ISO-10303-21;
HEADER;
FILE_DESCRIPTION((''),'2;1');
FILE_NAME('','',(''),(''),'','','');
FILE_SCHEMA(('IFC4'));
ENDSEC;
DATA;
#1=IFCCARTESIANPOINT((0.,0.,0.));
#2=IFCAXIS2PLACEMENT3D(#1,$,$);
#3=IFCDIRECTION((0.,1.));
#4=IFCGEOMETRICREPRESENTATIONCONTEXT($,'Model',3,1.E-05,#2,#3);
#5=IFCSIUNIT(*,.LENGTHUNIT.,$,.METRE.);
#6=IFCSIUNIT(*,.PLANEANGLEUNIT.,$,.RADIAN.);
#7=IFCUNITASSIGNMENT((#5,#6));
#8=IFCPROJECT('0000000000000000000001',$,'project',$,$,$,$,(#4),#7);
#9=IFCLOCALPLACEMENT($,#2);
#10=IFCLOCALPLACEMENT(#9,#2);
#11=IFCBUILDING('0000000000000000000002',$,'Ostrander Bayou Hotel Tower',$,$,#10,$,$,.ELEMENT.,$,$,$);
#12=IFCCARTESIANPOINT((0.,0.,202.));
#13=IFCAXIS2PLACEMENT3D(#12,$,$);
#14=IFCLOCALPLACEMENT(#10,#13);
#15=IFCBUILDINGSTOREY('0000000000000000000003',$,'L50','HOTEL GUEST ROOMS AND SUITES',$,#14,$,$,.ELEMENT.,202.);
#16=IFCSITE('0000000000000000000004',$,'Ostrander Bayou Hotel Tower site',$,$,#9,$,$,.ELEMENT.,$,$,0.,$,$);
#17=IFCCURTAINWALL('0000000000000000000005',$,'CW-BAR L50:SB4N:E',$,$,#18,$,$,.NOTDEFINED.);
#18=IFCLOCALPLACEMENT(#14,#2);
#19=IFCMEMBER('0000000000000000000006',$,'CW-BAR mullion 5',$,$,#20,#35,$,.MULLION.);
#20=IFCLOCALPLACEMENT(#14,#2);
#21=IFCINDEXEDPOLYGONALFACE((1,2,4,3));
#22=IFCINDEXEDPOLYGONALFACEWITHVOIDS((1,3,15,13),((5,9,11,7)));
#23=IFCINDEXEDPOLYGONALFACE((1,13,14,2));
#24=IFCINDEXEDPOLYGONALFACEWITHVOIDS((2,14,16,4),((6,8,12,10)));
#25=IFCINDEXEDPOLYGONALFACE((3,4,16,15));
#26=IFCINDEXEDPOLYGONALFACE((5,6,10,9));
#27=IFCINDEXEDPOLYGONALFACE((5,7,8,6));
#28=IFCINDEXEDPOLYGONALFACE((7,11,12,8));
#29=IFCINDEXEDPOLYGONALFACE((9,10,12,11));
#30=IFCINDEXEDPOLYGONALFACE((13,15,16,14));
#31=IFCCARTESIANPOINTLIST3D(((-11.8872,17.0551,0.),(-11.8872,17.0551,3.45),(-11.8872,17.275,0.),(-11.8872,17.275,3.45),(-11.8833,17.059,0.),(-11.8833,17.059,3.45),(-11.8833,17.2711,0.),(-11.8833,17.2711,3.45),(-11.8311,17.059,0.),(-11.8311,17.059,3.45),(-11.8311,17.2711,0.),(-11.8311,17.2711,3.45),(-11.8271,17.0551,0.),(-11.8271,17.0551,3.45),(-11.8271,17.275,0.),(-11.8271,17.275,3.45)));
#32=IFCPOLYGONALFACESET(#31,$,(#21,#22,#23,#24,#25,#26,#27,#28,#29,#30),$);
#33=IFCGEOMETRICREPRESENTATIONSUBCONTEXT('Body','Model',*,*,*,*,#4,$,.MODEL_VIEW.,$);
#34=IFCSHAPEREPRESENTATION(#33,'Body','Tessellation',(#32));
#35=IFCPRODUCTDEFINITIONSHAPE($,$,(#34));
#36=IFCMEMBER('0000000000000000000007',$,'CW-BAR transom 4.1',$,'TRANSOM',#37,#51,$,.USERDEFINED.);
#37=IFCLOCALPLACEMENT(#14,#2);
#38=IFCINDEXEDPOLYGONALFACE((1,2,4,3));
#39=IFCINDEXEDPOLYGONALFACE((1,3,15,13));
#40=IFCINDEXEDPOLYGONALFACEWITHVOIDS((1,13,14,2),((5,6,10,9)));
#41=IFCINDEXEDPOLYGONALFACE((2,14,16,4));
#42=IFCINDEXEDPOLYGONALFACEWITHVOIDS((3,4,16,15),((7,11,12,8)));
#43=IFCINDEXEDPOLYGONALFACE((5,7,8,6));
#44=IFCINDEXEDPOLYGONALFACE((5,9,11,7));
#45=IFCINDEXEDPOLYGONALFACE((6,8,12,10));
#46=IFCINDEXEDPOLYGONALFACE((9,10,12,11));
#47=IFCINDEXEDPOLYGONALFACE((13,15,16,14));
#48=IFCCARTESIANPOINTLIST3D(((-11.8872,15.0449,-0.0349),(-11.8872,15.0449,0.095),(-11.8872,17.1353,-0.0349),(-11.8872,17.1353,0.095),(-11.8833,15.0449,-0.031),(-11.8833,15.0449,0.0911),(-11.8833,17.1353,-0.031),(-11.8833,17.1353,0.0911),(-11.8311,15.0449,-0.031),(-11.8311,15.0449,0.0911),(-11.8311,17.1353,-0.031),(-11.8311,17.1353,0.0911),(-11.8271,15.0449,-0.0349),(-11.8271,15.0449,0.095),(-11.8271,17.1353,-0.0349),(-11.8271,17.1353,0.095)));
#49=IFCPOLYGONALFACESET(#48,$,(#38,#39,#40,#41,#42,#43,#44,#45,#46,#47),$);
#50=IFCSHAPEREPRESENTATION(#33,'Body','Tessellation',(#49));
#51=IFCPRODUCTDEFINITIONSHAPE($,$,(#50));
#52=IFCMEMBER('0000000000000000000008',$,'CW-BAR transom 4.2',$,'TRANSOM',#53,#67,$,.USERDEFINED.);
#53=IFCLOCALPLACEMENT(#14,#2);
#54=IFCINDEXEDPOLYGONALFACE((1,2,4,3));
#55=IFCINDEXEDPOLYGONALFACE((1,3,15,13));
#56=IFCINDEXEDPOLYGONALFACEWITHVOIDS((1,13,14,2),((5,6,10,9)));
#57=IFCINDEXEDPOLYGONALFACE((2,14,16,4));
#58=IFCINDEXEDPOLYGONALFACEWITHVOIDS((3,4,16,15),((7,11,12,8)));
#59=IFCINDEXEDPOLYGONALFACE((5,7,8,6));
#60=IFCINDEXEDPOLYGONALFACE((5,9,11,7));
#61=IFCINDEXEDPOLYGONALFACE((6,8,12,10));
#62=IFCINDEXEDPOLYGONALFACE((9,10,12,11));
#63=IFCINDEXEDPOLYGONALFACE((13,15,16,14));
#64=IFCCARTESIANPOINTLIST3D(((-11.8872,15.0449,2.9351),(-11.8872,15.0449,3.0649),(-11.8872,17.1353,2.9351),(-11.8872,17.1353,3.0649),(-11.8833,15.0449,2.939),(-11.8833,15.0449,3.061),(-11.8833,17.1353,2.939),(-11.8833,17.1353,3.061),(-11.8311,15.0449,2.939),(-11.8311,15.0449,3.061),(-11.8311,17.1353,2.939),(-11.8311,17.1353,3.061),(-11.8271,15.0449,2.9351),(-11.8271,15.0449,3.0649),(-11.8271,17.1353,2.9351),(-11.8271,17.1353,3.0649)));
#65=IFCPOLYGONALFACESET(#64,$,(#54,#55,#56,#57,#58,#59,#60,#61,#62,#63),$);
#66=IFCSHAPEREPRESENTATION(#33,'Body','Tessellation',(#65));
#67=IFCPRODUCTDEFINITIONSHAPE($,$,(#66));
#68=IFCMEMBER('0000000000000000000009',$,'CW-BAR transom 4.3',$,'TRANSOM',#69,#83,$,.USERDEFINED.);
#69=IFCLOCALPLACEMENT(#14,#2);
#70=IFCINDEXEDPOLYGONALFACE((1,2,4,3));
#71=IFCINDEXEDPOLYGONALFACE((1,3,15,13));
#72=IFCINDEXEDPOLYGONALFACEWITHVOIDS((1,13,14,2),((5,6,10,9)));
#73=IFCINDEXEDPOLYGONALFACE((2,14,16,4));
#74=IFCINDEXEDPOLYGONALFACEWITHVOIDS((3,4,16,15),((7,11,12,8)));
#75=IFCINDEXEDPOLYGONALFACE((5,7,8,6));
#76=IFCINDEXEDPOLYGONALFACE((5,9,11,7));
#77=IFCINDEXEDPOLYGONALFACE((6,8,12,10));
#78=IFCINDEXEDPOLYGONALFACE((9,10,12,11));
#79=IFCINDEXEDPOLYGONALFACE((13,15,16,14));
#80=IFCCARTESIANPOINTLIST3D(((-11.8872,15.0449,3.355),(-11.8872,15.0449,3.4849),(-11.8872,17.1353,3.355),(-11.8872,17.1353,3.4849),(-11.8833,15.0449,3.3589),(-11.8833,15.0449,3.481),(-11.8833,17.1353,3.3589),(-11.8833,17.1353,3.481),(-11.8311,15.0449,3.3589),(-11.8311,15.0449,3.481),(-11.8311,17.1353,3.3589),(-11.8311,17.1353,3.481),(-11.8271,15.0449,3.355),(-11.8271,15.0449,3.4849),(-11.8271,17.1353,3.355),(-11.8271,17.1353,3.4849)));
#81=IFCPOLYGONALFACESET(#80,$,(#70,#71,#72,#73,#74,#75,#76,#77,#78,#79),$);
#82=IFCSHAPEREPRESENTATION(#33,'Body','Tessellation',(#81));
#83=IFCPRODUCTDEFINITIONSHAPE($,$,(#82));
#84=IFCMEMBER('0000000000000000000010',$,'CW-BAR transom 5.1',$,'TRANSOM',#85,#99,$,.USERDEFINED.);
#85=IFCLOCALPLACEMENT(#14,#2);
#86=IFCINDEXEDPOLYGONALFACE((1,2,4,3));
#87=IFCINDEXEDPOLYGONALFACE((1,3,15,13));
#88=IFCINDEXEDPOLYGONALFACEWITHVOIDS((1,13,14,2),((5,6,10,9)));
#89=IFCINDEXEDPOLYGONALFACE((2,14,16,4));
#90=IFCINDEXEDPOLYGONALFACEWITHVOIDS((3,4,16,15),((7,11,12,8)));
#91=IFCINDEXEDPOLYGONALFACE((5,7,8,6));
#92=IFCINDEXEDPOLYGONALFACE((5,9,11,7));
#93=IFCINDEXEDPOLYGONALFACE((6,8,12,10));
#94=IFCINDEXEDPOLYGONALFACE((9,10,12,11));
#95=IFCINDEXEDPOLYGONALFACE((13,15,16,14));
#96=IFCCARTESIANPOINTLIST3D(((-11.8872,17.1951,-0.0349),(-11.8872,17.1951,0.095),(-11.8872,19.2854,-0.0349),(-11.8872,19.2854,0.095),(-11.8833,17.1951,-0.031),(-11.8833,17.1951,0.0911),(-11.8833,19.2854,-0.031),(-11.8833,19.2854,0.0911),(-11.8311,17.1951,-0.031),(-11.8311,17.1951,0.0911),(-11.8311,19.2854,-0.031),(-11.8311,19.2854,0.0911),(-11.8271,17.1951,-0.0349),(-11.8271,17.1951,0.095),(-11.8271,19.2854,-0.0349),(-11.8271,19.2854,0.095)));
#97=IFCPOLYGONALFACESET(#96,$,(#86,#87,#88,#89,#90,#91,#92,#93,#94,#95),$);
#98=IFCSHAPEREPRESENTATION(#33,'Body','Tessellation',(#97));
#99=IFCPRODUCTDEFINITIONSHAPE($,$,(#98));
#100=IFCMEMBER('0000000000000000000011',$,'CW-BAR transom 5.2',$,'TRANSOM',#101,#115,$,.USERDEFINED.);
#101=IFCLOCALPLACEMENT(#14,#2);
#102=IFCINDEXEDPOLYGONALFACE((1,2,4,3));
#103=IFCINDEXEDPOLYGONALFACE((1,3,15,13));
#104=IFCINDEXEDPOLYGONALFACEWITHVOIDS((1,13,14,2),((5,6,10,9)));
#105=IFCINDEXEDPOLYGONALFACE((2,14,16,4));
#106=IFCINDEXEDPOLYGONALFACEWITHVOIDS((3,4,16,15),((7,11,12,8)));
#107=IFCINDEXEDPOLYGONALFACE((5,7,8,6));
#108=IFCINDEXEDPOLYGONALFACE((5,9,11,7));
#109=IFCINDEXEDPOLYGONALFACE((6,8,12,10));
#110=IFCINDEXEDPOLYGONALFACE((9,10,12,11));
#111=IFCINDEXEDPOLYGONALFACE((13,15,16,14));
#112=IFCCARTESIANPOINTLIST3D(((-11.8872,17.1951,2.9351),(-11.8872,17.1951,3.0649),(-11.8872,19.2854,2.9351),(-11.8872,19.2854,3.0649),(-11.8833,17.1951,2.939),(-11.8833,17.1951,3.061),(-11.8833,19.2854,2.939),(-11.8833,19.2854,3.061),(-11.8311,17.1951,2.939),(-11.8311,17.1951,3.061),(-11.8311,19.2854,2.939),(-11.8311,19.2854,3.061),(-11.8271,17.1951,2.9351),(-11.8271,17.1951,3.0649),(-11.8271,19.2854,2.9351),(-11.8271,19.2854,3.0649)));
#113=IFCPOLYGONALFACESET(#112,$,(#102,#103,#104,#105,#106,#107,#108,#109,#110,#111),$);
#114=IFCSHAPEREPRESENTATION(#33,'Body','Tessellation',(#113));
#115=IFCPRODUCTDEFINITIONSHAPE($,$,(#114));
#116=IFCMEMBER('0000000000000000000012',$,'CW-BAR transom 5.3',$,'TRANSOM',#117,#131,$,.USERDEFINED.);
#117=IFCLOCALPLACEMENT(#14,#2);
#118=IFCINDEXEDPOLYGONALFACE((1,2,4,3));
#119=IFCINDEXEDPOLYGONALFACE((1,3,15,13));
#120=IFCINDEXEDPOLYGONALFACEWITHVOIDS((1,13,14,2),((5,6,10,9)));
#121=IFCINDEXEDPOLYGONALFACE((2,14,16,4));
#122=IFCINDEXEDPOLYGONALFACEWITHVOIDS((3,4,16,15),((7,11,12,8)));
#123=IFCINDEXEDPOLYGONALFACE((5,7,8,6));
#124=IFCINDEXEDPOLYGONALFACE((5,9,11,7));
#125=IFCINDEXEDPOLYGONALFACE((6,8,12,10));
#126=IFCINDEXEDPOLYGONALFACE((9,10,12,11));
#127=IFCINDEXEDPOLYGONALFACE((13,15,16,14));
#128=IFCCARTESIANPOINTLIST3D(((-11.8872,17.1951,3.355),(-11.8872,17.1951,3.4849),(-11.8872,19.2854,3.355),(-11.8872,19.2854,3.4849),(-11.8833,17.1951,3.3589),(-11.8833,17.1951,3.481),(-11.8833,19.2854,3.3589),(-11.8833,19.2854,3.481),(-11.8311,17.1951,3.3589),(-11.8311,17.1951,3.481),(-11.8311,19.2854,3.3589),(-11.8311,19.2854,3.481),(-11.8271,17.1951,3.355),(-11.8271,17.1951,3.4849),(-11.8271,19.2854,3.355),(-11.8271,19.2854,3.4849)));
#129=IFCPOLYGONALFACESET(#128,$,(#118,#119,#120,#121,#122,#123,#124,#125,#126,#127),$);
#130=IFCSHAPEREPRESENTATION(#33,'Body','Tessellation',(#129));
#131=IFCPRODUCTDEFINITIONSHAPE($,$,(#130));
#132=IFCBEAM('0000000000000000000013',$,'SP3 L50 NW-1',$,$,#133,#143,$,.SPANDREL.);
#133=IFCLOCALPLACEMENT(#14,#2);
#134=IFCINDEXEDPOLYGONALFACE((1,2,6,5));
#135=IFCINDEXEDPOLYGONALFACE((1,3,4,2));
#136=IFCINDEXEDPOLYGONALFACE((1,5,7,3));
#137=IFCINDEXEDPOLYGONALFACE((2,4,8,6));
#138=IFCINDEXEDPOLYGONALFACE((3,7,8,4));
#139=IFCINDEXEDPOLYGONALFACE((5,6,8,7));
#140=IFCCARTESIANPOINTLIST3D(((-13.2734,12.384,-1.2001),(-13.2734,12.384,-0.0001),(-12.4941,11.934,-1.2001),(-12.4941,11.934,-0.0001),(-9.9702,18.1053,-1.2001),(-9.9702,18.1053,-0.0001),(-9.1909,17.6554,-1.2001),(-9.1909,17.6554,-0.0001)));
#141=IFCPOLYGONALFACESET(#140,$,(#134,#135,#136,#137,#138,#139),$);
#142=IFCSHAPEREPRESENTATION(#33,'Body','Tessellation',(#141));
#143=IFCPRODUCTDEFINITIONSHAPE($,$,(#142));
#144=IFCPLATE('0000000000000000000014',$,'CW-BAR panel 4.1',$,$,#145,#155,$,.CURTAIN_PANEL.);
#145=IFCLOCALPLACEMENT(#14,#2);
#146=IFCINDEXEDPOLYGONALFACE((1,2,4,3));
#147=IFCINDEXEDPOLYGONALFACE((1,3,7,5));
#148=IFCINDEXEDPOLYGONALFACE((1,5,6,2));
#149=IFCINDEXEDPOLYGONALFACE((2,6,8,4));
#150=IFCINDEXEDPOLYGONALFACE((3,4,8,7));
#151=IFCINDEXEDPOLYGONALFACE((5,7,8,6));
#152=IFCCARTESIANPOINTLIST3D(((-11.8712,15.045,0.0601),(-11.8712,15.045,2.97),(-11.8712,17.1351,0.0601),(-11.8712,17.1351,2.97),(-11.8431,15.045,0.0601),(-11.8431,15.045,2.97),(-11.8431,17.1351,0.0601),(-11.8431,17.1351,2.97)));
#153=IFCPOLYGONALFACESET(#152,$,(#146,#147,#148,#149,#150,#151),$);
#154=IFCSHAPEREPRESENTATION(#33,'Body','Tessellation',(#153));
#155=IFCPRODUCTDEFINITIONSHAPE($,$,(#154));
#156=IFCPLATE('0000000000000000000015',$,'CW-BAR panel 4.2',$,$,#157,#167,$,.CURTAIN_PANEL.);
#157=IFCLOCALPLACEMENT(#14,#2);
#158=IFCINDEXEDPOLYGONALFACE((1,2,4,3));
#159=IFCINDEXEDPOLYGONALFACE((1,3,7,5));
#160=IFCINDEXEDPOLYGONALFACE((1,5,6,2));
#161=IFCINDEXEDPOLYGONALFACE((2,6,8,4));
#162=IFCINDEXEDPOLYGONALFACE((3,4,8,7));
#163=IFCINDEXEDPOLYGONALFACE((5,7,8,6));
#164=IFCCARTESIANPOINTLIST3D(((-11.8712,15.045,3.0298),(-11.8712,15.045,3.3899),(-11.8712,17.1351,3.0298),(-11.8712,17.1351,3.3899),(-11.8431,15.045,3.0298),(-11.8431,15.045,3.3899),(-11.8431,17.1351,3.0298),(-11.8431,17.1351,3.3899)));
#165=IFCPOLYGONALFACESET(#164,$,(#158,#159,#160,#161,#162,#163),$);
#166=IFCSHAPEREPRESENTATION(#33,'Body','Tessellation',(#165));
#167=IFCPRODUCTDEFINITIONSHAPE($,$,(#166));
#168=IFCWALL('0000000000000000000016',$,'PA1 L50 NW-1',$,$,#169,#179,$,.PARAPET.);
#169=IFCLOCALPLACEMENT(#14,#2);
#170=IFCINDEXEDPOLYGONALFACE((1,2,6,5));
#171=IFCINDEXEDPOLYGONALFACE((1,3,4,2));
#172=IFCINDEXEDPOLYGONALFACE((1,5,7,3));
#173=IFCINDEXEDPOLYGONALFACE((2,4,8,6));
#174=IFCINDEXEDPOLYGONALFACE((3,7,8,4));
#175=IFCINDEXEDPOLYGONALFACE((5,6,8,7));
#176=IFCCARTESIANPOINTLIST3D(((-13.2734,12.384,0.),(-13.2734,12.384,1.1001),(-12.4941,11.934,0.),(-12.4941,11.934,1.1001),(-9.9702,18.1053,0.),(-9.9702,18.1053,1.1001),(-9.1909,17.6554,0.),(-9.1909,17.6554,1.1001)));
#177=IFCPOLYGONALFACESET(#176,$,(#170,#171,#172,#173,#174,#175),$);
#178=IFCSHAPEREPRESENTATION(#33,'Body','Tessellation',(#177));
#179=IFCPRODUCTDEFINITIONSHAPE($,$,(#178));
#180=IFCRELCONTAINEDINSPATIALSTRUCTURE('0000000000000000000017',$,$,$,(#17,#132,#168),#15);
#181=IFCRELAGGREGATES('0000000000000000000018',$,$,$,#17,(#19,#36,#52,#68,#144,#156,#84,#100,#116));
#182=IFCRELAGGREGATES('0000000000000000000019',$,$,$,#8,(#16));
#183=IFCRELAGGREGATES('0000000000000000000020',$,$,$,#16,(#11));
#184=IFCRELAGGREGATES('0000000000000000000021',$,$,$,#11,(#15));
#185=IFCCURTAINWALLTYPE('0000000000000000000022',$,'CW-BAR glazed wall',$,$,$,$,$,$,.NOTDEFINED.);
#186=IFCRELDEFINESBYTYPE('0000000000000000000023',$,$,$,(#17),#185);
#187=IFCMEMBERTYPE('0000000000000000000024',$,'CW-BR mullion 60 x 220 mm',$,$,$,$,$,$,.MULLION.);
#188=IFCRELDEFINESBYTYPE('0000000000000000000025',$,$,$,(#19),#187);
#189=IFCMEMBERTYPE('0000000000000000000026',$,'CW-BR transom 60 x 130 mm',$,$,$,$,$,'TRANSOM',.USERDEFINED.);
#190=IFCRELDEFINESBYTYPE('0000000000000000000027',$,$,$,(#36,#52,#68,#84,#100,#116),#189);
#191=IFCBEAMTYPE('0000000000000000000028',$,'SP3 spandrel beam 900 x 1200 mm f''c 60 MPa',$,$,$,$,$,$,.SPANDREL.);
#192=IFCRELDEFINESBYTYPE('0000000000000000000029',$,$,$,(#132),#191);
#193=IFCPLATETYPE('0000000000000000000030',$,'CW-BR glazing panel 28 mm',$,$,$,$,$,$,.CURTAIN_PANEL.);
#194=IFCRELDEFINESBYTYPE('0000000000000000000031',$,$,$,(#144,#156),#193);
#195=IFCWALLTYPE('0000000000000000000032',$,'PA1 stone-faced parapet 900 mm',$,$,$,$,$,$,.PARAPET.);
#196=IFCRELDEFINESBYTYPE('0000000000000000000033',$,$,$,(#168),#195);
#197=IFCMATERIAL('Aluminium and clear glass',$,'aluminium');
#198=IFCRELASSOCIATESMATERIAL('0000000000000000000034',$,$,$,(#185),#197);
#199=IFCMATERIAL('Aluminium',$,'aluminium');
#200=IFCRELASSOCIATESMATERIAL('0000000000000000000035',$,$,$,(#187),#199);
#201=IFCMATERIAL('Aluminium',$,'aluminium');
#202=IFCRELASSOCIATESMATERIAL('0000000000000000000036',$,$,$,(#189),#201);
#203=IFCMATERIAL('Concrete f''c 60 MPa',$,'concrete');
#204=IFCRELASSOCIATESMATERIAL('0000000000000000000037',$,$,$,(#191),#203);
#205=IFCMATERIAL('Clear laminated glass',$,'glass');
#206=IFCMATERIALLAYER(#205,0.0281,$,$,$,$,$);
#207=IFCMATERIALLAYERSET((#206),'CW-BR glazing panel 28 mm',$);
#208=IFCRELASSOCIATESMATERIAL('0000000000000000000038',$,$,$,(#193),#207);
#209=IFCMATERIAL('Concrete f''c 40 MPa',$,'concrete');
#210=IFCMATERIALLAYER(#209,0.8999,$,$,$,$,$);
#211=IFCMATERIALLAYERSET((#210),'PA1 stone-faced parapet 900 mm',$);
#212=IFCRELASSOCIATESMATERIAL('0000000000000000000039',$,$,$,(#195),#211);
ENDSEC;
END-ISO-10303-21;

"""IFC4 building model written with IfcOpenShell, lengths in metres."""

from ifc_helpers import new_model, si_unit, direction, frame, frame_2d, origin, origin_2d, place, context, subcontext, project, spatial, rectangle, hollow_rectangle, extrude, material, layer, layer_set, material_profile, profile_set, type_object, element, aggregate, save


model = new_model("IFC4")

# Units and contexts
model_context = context("Model", 3, precision=1e-05, world=origin(), true_north=direction((0.0, 1.0)))
body_context = subcontext(model_context, "Body", "Model", "MODEL_VIEW")
ifc_project = project(units=[si_unit("LENGTHUNIT", "METRE"), si_unit("PLANEANGLEUNIT", "RADIAN")], contexts=[model_context])

# Site, building, storey
site_placement = place(None, origin())
site = spatial("IfcSite", under=ifc_project, at=site_placement, Name="Ostrander Bayou Hotel Tower site", CompositionType="ELEMENT", RefElevation=0.0)
building_placement = place(site_placement, origin())
building = spatial("IfcBuilding", under=site, at=building_placement, Name="Ostrander Bayou Hotel Tower", CompositionType="ELEMENT")
storey_placement = place(building_placement, frame((0.0, 0.0, 202.0)))
storey = spatial("IfcBuildingStorey", under=building, at=storey_placement, Name="L50", Description="HOTEL GUEST ROOMS AND SUITES", CompositionType="ELEMENT", Elevation=202.0)

# Curtain wall, members
ifc_material_1 = material(Name="Aluminium and clear glass", Category="aluminium")
curtain_wall_type = type_object("IfcCurtainWallType", Name="CW-BAR glazed wall", PredefinedType="NOTDEFINED", material=ifc_material_1)
curtain_wall_placement = place(storey_placement, origin())
curtain_wall = element("IfcCurtainWall", 1, at=curtain_wall_placement, inside=storey, type_object=curtain_wall_type, Name="CW-BAR L50:SB4N:E", PredefinedType="NOTDEFINED")
ifc_material_2 = material(Name="Aluminium", Category="aluminium")
ifc_material_profile_1 = material_profile(ifc_material_2, hollow_rectangle(XDim=0.0601, YDim=0.22, WallThickness=0.0039, at=origin_2d()))
ifc_profile_set_1 = profile_set([ifc_material_profile_1], Name="Aluminium")
member_type_1 = type_object("IfcMemberType", Name="CW-BR mullion 60 x 220 mm", PredefinedType="MULLION", material=ifc_profile_set_1)
member_1_placement = place(storey_placement, frame((-11.8572, 17.165, 0.0), z_axis=(0.0, 0.0, 1.0), x_axis=(-1.0, 0.0, 0.0)))
member_1 = element("IfcMember", 2, at=member_1_placement, type_object=member_type_1, Name="CW-BAR mullion 5", PredefinedType="MULLION", context=body_context, shape_type="SweptSolid", body=[
    extrude(hollow_rectangle(XDim=0.0601, YDim=0.22, WallThickness=0.0039, at=origin_2d()), origin(), (0.0, 0.0, 1.0), 3.45),
])
ifc_material_3 = material(Name="Aluminium", Category="aluminium")
ifc_material_profile_2 = material_profile(ifc_material_3, hollow_rectangle(XDim=0.0601, YDim=0.1299, WallThickness=0.0039, at=origin_2d()))
ifc_profile_set_2 = profile_set([ifc_material_profile_2], Name="Aluminium")
member_type_2 = type_object("IfcMemberType", Name="CW-BR transom 60 x 130 mm", ElementType="TRANSOM", PredefinedType="USERDEFINED", material=ifc_profile_set_2)
member_2_placement = place(storey_placement, frame((-11.8572, 15.0449, 0.03), z_axis=(0.0, 1.0, 0.0), x_axis=(-1.0, 0.0, 0.0)))
member_2 = element("IfcMember", 3, at=member_2_placement, type_object=member_type_2, Name="CW-BAR transom 4.1", ObjectType="TRANSOM", PredefinedType="USERDEFINED", context=body_context, shape_type="SweptSolid", body=[
    extrude(hollow_rectangle(XDim=0.0601, YDim=0.1299, WallThickness=0.0039, at=origin_2d()), origin(), (0.0, 0.0, 1.0), 2.0903),
])
member_3_placement = place(storey_placement, frame((-11.8572, 15.0449, 3.0), z_axis=(0.0, 1.0, 0.0), x_axis=(-1.0, 0.0, 0.0)))
member_3 = element("IfcMember", 4, at=member_3_placement, type_object=member_type_2, Name="CW-BAR transom 4.2", ObjectType="TRANSOM", PredefinedType="USERDEFINED", context=body_context, shape_type="SweptSolid", body=[
    extrude(hollow_rectangle(XDim=0.0601, YDim=0.1299, WallThickness=0.0039, at=origin_2d()), origin(), (0.0, 0.0, 1.0), 2.0903),
])
member_4_placement = place(storey_placement, frame((-11.8572, 15.0449, 3.4199), z_axis=(0.0, 1.0, 0.0), x_axis=(-1.0, 0.0, 0.0)))
member_4 = element("IfcMember", 5, at=member_4_placement, type_object=member_type_2, Name="CW-BAR transom 4.3", ObjectType="TRANSOM", PredefinedType="USERDEFINED", context=body_context, shape_type="SweptSolid", body=[
    extrude(hollow_rectangle(XDim=0.0601, YDim=0.1299, WallThickness=0.0039, at=origin_2d()), origin(), (0.0, 0.0, 1.0), 2.0903),
])
member_5_placement = place(storey_placement, frame((-11.8572, 17.1951, 0.03), z_axis=(0.0, 1.0, 0.0), x_axis=(-1.0, 0.0, 0.0)))
member_5 = element("IfcMember", 6, at=member_5_placement, type_object=member_type_2, Name="CW-BAR transom 5.1", ObjectType="TRANSOM", PredefinedType="USERDEFINED", context=body_context, shape_type="SweptSolid", body=[
    extrude(hollow_rectangle(XDim=0.0601, YDim=0.1299, WallThickness=0.0039, at=origin_2d()), origin(), (0.0, 0.0, 1.0), 2.0903),
])
member_6_placement = place(storey_placement, frame((-11.8572, 17.1951, 3.0), z_axis=(0.0, 1.0, 0.0), x_axis=(-1.0, 0.0, 0.0)))
member_6 = element("IfcMember", 7, at=member_6_placement, type_object=member_type_2, Name="CW-BAR transom 5.2", ObjectType="TRANSOM", PredefinedType="USERDEFINED", context=body_context, shape_type="SweptSolid", body=[
    extrude(hollow_rectangle(XDim=0.0601, YDim=0.1299, WallThickness=0.0039, at=origin_2d()), origin(), (0.0, 0.0, 1.0), 2.0903),
])
member_7_placement = place(storey_placement, frame((-11.8572, 17.1951, 3.4199), z_axis=(0.0, 1.0, 0.0), x_axis=(-1.0, 0.0, 0.0)))
member_7 = element("IfcMember", 8, at=member_7_placement, type_object=member_type_2, Name="CW-BAR transom 5.3", ObjectType="TRANSOM", PredefinedType="USERDEFINED", context=body_context, shape_type="SweptSolid", body=[
    extrude(hollow_rectangle(XDim=0.0601, YDim=0.1299, WallThickness=0.0039, at=origin_2d()), origin(), (0.0, 0.0, 1.0), 2.0903),
])

# Beam
ifc_material_4 = material(Name="Concrete f'c 60 MPa", Category="concrete")
ifc_material_profile_3 = material_profile(ifc_material_4, rectangle(XDim=0.8999, YDim=1.2, at=origin_2d()))
ifc_profile_set_3 = profile_set([ifc_material_profile_3], Name="Concrete f'c 60 MPa")
beam_type = type_object("IfcBeamType", Name="SP3 spandrel beam 900 x 1200 mm f'c 60 MPa", PredefinedType="SPANDREL", material=ifc_profile_set_3)
beam_placement = place(storey_placement, frame((-9.5806, 17.8804, -0.6001), z_axis=(-0.499994, -0.866029, 0.0), x_axis=(0.866029, -0.499994, 0.0)))
element("IfcBeam", 9, at=beam_placement, inside=storey, type_object=beam_type, Name="SP3 L50 NW-1", PredefinedType="SPANDREL", context=body_context, shape_type="SweptSolid", body=[
    extrude(rectangle(XDim=0.8999, YDim=1.2, at=origin_2d()), origin(), (0.0, 0.0, 1.0), 6.6064),
])

# Plates
ifc_material_5 = material(Name="Clear laminated glass", Category="glass")
ifc_layer_1 = layer(ifc_material_5, 0.0281)
ifc_layer_set_1 = layer_set([ifc_layer_1], Name="CW-BR glazing panel 28 mm")
plate_type = type_object("IfcPlateType", Name="CW-BR glazing panel 28 mm", PredefinedType="CURTAIN_PANEL", material=ifc_layer_set_1)
plate_1_placement = place(storey_placement, frame((-11.8572, 16.0901, 0.0601), z_axis=(0.0, 0.0, 1.0), x_axis=(0.0, 1.0, 0.0)))
plate_1 = element("IfcPlate", 10, at=plate_1_placement, type_object=plate_type, Name="CW-BAR panel 4.1", PredefinedType="CURTAIN_PANEL", context=body_context, shape_type="SweptSolid", body=[
    extrude(rectangle(XDim=2.0901, YDim=0.0281, at=origin_2d()), origin(), (0.0, 0.0, 1.0), 2.9099),
])
plate_2_placement = place(storey_placement, frame((-11.8572, 16.0901, 3.0298), z_axis=(0.0, 0.0, 1.0), x_axis=(0.0, 1.0, 0.0)))
plate_2 = element("IfcPlate", 11, at=plate_2_placement, type_object=plate_type, Name="CW-BAR panel 4.2", PredefinedType="CURTAIN_PANEL", context=body_context, shape_type="SweptSolid", body=[
    extrude(rectangle(XDim=2.0901, YDim=0.0281, at=origin_2d()), origin(), (0.0, 0.0, 1.0), 0.3601),
])
aggregate(curtain_wall, [member_1, member_2, member_3, member_4, plate_1, plate_2, member_5, member_6, member_7])

# Wall
ifc_material_6 = material(Name="Concrete f'c 40 MPa", Category="concrete")
ifc_layer_2 = layer(ifc_material_6, 0.8999)
ifc_layer_set_2 = layer_set([ifc_layer_2], Name="PA1 stone-faced parapet 900 mm")
wall_type_1 = type_object("IfcWallType", Name="PA1 stone-faced parapet 900 mm", PredefinedType="PARAPET", material=ifc_layer_set_2)
wall_1_placement = place(storey_placement, frame((-9.5806, 17.8804, 0.0), z_axis=(0.0, 0.0, 1.0), x_axis=(-0.499994, -0.866029, 0.0)))
element("IfcWall", 12, at=wall_1_placement, inside=storey, type_object=wall_type_1, Name="PA1 L50 NW-1", PredefinedType="PARAPET", context=body_context, shape_type="SweptSolid", body=[
    extrude(rectangle(XDim=6.6064, YDim=0.8999, at=frame_2d((3.3032, 0.0))), origin(), (0.0, 0.0, 1.0), 1.1001),
])

save(model, "model.ifc")
